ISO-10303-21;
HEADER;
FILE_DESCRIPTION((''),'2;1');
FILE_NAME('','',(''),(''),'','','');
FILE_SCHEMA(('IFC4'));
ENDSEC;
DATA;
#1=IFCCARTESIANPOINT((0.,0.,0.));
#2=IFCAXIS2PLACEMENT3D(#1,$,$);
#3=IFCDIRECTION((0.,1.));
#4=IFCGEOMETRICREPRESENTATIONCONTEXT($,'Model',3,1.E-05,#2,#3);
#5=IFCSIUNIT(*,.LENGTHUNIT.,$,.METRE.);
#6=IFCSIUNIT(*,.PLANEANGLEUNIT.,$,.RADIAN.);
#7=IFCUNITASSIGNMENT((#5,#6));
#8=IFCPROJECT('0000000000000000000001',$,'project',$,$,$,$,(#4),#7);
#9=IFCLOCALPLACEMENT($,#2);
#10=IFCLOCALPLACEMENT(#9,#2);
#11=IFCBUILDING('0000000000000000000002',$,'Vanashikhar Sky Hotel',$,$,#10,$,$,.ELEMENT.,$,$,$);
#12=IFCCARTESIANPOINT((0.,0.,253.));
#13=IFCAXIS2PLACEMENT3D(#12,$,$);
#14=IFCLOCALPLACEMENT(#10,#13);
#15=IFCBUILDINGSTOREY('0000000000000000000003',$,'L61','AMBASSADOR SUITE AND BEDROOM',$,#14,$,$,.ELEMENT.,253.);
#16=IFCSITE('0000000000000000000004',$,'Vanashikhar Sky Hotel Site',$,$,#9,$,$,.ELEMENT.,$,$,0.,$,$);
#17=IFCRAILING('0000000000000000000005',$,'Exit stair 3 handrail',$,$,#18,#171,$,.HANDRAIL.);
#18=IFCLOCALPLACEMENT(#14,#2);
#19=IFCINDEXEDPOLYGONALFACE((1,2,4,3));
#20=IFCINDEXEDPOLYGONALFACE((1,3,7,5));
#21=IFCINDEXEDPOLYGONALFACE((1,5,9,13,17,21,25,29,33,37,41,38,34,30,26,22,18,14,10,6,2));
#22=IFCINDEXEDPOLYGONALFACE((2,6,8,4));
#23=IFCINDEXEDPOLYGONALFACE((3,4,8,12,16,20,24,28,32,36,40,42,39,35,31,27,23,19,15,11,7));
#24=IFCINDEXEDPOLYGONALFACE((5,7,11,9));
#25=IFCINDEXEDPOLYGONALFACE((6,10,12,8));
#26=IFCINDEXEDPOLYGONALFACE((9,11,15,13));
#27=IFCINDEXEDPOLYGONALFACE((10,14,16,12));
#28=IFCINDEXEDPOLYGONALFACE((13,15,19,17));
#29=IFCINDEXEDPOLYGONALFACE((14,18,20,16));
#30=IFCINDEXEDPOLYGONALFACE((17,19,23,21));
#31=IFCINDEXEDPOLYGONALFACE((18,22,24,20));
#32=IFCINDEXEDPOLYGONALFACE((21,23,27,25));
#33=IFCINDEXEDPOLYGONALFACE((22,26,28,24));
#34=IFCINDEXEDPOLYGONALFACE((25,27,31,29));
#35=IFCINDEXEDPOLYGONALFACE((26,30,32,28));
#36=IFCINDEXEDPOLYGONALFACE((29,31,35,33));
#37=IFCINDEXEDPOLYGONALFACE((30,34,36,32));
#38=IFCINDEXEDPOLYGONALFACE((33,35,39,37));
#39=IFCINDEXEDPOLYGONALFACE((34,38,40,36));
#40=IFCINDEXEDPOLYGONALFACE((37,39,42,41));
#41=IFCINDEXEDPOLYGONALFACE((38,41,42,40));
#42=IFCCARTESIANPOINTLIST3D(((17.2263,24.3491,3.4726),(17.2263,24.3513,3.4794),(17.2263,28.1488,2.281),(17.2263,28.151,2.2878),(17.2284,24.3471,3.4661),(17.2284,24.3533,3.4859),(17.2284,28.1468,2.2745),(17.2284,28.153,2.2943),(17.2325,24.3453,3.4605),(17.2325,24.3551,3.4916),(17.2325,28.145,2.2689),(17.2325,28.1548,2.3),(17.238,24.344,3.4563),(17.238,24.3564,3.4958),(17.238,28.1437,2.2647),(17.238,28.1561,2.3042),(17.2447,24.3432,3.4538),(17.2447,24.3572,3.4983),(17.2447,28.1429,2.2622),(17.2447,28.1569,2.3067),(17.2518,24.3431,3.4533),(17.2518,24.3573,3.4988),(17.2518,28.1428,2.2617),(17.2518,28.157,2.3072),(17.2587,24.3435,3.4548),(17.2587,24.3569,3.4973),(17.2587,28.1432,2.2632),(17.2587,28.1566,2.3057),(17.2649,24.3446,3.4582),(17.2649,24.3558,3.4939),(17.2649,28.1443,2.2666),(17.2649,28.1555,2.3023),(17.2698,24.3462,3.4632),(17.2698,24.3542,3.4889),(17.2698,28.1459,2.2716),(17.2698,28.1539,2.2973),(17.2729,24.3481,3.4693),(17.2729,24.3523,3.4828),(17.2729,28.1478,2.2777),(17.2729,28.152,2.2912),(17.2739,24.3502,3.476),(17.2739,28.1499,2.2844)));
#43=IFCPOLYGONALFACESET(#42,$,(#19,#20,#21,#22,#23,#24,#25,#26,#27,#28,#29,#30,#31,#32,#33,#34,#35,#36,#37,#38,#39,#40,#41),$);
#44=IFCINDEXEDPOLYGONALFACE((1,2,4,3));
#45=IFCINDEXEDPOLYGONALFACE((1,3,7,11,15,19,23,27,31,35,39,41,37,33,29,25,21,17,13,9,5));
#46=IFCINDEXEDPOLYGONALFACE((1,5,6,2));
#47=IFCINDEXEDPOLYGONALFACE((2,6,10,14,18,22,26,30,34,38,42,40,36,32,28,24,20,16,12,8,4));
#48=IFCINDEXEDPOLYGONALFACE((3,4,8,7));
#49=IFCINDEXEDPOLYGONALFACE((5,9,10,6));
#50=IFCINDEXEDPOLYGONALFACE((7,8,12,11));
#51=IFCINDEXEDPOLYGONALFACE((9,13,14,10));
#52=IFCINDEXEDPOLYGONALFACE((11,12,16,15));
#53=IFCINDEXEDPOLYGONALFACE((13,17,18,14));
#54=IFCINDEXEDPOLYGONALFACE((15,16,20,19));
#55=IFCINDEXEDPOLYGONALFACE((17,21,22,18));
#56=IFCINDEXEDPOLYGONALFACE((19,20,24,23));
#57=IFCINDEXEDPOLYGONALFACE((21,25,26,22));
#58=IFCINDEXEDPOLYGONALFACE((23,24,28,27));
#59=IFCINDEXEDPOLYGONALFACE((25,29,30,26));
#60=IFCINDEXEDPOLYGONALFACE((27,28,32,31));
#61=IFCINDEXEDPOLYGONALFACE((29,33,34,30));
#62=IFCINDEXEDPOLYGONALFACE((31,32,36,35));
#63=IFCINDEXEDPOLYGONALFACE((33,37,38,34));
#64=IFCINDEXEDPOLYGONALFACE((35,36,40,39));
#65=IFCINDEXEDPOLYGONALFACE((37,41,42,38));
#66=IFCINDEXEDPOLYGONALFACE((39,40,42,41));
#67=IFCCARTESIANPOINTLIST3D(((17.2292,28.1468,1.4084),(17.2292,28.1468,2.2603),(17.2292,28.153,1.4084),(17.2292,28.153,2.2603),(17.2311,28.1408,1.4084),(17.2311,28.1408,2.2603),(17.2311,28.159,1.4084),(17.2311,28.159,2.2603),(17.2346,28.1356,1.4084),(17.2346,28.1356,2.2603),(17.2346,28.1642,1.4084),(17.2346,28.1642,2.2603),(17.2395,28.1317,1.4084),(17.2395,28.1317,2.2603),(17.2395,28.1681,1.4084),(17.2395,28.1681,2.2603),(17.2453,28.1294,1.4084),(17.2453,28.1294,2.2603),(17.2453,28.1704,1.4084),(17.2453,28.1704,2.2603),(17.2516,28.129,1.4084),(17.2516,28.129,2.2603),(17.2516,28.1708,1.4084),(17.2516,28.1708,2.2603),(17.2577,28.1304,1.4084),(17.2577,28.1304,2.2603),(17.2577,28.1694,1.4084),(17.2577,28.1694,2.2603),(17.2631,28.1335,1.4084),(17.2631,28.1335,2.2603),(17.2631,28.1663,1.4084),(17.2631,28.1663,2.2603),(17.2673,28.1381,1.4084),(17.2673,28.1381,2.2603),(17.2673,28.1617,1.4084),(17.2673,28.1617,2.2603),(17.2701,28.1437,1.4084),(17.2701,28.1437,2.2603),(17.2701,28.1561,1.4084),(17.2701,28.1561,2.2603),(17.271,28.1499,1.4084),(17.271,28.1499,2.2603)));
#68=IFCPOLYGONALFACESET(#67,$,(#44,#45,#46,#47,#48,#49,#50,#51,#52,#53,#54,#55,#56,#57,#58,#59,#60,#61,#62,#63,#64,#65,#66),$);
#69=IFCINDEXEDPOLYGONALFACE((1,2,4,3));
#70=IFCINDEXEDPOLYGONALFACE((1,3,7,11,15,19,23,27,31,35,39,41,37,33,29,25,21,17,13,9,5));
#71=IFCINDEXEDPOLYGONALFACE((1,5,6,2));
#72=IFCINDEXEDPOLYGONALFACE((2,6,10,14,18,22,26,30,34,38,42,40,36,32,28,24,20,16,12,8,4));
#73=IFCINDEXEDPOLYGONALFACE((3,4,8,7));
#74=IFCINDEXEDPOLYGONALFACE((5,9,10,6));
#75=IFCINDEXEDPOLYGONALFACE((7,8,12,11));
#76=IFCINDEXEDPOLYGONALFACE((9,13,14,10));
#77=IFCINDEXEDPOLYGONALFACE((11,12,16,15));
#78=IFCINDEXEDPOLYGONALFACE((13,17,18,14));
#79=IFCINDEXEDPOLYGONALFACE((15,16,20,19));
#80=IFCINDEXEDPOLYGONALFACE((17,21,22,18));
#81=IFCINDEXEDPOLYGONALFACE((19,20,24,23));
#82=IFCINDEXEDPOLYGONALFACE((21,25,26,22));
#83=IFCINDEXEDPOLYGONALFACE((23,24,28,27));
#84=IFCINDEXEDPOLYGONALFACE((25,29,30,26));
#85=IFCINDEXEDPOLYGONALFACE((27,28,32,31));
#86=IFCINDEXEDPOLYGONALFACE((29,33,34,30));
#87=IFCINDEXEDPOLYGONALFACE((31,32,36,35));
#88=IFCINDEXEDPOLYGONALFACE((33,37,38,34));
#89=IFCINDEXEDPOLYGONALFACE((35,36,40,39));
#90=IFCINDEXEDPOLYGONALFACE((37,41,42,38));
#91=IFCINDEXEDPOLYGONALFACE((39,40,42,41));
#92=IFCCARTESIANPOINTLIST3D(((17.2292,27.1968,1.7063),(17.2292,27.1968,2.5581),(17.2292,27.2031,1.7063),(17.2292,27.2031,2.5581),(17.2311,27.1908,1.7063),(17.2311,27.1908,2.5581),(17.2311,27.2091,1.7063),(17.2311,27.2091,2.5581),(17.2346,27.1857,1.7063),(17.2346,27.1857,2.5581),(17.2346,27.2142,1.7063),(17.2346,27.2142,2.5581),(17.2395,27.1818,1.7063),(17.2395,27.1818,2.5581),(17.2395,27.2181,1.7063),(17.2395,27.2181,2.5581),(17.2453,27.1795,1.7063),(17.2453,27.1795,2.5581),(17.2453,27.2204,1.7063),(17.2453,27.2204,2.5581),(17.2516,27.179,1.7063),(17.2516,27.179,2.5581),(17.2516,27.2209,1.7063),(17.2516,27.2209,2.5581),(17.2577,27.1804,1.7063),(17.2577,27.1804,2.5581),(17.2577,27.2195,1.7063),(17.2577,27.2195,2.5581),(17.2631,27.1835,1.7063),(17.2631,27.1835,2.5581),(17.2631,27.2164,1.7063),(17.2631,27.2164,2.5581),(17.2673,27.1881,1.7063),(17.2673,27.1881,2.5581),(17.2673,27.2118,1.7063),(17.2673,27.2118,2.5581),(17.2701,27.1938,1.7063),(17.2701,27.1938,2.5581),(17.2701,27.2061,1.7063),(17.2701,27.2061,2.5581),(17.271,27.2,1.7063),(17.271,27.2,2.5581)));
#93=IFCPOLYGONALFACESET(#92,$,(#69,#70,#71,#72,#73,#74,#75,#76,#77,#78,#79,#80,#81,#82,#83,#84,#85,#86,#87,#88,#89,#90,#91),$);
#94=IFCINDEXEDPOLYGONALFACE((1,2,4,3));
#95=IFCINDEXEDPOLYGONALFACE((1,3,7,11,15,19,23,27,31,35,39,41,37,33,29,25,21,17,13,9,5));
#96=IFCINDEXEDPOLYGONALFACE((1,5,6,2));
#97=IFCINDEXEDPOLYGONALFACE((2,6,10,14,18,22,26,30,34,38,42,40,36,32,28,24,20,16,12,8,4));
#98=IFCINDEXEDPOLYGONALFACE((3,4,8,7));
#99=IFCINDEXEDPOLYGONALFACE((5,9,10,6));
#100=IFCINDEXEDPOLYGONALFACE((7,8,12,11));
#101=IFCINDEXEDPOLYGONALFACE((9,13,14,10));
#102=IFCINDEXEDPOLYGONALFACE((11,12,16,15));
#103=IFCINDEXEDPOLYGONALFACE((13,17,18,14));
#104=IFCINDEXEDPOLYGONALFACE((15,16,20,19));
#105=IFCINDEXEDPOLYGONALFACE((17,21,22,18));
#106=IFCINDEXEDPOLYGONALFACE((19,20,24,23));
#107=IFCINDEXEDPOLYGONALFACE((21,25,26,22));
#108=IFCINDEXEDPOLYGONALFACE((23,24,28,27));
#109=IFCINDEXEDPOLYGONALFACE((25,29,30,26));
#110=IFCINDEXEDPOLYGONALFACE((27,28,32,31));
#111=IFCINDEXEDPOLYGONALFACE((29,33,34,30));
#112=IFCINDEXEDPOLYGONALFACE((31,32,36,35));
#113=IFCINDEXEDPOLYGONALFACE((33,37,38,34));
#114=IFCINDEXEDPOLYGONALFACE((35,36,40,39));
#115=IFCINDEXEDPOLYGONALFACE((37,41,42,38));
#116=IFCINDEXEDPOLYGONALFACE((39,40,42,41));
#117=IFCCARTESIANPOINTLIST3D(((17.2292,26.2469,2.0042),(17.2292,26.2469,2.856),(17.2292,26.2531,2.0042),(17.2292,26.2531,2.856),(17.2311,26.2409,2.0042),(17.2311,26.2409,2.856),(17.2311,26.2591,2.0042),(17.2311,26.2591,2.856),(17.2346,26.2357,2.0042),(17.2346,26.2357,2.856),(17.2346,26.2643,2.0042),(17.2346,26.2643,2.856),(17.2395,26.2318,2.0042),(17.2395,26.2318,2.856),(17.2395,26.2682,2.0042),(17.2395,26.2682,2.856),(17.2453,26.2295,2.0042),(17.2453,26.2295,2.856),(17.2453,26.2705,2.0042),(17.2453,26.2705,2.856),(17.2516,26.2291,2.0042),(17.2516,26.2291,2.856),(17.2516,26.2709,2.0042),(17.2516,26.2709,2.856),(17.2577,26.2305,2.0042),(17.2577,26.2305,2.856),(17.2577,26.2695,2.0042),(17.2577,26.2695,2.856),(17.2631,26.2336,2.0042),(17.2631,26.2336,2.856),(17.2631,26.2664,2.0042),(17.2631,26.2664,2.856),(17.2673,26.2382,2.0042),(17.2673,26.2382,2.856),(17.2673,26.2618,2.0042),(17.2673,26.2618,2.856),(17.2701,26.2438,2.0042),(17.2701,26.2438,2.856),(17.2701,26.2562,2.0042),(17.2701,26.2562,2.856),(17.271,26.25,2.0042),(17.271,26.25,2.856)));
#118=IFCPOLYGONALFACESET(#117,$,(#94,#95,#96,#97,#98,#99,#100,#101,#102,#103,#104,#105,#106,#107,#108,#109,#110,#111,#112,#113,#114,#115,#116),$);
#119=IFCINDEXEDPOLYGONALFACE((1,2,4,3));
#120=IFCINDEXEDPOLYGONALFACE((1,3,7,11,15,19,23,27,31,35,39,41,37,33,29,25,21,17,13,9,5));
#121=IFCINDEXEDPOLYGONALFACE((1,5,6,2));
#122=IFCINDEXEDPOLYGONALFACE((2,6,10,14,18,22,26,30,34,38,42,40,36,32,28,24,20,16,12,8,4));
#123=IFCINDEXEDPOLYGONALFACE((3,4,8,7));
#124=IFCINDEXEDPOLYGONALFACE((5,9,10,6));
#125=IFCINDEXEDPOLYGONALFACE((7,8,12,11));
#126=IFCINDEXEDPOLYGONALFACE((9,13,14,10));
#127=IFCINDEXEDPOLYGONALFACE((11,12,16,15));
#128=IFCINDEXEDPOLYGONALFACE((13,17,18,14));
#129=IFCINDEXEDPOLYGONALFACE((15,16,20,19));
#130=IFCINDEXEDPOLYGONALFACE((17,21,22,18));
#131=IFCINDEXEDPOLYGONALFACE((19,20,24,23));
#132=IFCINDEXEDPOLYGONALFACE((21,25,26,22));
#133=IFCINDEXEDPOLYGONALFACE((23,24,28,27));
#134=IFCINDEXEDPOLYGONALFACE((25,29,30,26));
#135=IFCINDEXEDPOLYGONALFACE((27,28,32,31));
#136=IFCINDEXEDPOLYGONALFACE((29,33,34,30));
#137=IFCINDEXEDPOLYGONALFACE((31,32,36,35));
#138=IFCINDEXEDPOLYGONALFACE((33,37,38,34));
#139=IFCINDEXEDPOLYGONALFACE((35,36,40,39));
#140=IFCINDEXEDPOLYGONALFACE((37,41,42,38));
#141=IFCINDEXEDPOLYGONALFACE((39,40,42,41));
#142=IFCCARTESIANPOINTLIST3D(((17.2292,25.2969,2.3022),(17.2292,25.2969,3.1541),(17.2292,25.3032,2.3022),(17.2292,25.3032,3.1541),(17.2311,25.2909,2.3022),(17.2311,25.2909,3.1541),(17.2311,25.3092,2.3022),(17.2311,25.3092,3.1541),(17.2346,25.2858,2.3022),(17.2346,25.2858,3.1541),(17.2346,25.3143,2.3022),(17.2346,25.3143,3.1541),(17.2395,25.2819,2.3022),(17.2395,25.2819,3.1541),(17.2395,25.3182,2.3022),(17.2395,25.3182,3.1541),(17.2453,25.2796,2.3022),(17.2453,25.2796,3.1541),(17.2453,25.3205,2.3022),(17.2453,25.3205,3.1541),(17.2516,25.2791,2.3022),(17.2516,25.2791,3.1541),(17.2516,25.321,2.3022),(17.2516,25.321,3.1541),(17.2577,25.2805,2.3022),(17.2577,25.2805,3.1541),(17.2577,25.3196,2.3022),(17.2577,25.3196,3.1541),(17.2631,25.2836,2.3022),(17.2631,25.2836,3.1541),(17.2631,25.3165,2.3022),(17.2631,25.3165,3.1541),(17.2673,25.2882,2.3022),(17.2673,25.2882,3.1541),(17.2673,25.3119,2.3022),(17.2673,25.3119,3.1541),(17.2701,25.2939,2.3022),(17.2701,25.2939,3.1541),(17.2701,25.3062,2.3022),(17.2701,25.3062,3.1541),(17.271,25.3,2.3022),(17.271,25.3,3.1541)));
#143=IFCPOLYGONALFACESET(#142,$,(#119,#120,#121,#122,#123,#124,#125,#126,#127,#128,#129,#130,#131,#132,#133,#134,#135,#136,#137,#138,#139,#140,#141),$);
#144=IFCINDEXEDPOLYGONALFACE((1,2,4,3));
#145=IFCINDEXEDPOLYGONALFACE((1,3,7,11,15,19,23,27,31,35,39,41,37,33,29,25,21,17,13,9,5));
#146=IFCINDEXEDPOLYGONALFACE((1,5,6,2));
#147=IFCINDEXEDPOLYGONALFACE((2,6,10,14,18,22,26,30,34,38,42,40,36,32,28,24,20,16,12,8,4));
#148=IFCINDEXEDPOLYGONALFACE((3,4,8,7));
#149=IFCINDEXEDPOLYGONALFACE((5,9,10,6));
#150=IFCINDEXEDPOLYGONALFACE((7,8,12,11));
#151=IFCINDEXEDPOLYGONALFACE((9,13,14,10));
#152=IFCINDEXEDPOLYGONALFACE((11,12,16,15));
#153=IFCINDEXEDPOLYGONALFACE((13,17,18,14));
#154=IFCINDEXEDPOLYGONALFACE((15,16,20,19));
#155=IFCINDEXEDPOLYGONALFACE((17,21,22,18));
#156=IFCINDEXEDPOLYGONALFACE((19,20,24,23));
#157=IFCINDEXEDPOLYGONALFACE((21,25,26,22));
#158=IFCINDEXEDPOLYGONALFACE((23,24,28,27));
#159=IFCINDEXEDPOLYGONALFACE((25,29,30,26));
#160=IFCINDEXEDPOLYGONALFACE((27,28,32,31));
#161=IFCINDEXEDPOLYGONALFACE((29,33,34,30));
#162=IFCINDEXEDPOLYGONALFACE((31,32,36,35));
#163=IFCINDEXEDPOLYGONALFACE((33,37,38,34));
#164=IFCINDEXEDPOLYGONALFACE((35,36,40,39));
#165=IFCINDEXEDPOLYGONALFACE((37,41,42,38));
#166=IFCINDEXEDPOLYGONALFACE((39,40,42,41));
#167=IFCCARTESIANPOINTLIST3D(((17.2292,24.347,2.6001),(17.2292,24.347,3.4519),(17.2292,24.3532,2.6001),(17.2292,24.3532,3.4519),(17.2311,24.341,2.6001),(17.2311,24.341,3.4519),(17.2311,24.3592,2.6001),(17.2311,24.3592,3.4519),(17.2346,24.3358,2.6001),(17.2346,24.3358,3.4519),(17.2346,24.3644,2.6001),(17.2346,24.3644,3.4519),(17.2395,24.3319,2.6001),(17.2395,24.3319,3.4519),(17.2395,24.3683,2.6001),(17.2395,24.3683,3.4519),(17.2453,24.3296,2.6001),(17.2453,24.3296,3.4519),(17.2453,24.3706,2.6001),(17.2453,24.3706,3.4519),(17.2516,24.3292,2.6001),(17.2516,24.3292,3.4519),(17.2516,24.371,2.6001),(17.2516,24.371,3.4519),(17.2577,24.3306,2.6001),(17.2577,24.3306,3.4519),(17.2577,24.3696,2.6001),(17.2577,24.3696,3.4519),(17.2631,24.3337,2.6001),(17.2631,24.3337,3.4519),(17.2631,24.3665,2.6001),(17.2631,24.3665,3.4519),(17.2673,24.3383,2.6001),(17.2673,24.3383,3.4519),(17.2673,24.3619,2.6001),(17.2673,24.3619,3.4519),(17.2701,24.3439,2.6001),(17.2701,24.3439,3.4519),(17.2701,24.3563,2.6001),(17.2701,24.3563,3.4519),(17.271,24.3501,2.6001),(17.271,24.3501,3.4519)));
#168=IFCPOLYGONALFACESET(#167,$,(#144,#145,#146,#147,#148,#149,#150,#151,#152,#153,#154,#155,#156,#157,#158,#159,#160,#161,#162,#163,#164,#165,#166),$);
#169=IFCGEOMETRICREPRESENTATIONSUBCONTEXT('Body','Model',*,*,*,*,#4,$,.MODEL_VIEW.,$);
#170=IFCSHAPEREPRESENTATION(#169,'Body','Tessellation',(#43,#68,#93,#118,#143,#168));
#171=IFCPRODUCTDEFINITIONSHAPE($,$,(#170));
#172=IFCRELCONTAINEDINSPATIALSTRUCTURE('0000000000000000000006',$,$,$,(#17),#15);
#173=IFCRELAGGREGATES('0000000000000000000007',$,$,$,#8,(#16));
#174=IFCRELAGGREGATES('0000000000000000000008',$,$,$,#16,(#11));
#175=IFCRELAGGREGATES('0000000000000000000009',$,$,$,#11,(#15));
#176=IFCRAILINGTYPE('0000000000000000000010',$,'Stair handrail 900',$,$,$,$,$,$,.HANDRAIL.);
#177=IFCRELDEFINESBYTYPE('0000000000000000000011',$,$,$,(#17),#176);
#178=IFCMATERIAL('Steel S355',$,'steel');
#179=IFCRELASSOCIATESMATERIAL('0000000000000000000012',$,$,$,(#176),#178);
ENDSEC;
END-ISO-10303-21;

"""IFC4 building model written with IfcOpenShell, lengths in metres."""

from ifc_helpers import new_model, si_unit, direction, frame, origin, origin_2d, place, context, subcontext, project, spatial, circle, extrude, source, transform, mapped, material, type_object, element, save


model = new_model("IFC4")

# Units and contexts
model_context = context("Model", 3, precision=1e-05, world=origin(), true_north=direction((0.0, 1.0)))
body_context = subcontext(model_context, "Body", "Model", "MODEL_VIEW")
ifc_project = project(units=[si_unit("LENGTHUNIT", "METRE"), si_unit("PLANEANGLEUNIT", "RADIAN")], contexts=[model_context])

# Site, building, storey
site_placement = place(None, origin())
site = spatial("IfcSite", under=ifc_project, at=site_placement, Name="Vanashikhar Sky Hotel Site", CompositionType="ELEMENT", RefElevation=0.0)
building_placement = place(site_placement, origin())
building = spatial("IfcBuilding", under=site, at=building_placement, Name="Vanashikhar Sky Hotel", CompositionType="ELEMENT")
storey_placement = place(building_placement, frame((0.0, 0.0, 253.0)))
storey = spatial("IfcBuildingStorey", under=building, at=storey_placement, Name="L61", Description="AMBASSADOR SUITE AND BEDROOM", CompositionType="ELEMENT", Elevation=253.0)

# Railing
ifc_material_1 = material(Name="Steel S355", Category="steel")
railing_type_1 = type_object("IfcRailingType", Name="Stair handrail 900", PredefinedType="HANDRAIL", material=ifc_material_1)
shared_shape_1 = source(origin(), body_context, "Body", "SweptSolid", [
    extrude(circle(Radius=0.0239, at=origin_2d()), frame((0.0, 0.0, 0.876), z_axis=(0.0, -0.954178, 0.299238), x_axis=(1.0, 0.0, 0.0)), (0.0, 0.0, 1.0), 3.9822),
    extrude(circle(Radius=0.021, at=origin_2d()), origin(), (0.0, 0.0, 1.0), 0.8518),
    extrude(circle(Radius=0.021, at=origin_2d()), frame((0.0, -0.95, 0.2979)), (0.0, 0.0, 1.0), 0.8518),
    extrude(circle(Radius=0.021, at=origin_2d()), frame((0.0, -1.8999, 0.5957)), (0.0, 0.0, 1.0), 0.8518),
    extrude(circle(Radius=0.021, at=origin_2d()), frame((0.0, -2.8499, 0.8938)), (0.0, 0.0, 1.0), 0.8518),
    extrude(circle(Radius=0.021, at=origin_2d()), frame((0.0, -3.7998, 1.1917)), (0.0, 0.0, 1.0), 0.8518),
])
railing_1_placement = place(storey_placement, frame((17.25, 28.1499, 1.4084)))
element("IfcRailing", 1, at=railing_1_placement, inside=storey, type_object=railing_type_1, Name="Exit stair 3 handrail", PredefinedType="HANDRAIL", context=body_context, shape_type="MappedRepresentation", body=[
    mapped(shared_shape_1, transform((0.0, 0.0, 0.0), scale=1.0)),
])

save(model, "model.ifc")
